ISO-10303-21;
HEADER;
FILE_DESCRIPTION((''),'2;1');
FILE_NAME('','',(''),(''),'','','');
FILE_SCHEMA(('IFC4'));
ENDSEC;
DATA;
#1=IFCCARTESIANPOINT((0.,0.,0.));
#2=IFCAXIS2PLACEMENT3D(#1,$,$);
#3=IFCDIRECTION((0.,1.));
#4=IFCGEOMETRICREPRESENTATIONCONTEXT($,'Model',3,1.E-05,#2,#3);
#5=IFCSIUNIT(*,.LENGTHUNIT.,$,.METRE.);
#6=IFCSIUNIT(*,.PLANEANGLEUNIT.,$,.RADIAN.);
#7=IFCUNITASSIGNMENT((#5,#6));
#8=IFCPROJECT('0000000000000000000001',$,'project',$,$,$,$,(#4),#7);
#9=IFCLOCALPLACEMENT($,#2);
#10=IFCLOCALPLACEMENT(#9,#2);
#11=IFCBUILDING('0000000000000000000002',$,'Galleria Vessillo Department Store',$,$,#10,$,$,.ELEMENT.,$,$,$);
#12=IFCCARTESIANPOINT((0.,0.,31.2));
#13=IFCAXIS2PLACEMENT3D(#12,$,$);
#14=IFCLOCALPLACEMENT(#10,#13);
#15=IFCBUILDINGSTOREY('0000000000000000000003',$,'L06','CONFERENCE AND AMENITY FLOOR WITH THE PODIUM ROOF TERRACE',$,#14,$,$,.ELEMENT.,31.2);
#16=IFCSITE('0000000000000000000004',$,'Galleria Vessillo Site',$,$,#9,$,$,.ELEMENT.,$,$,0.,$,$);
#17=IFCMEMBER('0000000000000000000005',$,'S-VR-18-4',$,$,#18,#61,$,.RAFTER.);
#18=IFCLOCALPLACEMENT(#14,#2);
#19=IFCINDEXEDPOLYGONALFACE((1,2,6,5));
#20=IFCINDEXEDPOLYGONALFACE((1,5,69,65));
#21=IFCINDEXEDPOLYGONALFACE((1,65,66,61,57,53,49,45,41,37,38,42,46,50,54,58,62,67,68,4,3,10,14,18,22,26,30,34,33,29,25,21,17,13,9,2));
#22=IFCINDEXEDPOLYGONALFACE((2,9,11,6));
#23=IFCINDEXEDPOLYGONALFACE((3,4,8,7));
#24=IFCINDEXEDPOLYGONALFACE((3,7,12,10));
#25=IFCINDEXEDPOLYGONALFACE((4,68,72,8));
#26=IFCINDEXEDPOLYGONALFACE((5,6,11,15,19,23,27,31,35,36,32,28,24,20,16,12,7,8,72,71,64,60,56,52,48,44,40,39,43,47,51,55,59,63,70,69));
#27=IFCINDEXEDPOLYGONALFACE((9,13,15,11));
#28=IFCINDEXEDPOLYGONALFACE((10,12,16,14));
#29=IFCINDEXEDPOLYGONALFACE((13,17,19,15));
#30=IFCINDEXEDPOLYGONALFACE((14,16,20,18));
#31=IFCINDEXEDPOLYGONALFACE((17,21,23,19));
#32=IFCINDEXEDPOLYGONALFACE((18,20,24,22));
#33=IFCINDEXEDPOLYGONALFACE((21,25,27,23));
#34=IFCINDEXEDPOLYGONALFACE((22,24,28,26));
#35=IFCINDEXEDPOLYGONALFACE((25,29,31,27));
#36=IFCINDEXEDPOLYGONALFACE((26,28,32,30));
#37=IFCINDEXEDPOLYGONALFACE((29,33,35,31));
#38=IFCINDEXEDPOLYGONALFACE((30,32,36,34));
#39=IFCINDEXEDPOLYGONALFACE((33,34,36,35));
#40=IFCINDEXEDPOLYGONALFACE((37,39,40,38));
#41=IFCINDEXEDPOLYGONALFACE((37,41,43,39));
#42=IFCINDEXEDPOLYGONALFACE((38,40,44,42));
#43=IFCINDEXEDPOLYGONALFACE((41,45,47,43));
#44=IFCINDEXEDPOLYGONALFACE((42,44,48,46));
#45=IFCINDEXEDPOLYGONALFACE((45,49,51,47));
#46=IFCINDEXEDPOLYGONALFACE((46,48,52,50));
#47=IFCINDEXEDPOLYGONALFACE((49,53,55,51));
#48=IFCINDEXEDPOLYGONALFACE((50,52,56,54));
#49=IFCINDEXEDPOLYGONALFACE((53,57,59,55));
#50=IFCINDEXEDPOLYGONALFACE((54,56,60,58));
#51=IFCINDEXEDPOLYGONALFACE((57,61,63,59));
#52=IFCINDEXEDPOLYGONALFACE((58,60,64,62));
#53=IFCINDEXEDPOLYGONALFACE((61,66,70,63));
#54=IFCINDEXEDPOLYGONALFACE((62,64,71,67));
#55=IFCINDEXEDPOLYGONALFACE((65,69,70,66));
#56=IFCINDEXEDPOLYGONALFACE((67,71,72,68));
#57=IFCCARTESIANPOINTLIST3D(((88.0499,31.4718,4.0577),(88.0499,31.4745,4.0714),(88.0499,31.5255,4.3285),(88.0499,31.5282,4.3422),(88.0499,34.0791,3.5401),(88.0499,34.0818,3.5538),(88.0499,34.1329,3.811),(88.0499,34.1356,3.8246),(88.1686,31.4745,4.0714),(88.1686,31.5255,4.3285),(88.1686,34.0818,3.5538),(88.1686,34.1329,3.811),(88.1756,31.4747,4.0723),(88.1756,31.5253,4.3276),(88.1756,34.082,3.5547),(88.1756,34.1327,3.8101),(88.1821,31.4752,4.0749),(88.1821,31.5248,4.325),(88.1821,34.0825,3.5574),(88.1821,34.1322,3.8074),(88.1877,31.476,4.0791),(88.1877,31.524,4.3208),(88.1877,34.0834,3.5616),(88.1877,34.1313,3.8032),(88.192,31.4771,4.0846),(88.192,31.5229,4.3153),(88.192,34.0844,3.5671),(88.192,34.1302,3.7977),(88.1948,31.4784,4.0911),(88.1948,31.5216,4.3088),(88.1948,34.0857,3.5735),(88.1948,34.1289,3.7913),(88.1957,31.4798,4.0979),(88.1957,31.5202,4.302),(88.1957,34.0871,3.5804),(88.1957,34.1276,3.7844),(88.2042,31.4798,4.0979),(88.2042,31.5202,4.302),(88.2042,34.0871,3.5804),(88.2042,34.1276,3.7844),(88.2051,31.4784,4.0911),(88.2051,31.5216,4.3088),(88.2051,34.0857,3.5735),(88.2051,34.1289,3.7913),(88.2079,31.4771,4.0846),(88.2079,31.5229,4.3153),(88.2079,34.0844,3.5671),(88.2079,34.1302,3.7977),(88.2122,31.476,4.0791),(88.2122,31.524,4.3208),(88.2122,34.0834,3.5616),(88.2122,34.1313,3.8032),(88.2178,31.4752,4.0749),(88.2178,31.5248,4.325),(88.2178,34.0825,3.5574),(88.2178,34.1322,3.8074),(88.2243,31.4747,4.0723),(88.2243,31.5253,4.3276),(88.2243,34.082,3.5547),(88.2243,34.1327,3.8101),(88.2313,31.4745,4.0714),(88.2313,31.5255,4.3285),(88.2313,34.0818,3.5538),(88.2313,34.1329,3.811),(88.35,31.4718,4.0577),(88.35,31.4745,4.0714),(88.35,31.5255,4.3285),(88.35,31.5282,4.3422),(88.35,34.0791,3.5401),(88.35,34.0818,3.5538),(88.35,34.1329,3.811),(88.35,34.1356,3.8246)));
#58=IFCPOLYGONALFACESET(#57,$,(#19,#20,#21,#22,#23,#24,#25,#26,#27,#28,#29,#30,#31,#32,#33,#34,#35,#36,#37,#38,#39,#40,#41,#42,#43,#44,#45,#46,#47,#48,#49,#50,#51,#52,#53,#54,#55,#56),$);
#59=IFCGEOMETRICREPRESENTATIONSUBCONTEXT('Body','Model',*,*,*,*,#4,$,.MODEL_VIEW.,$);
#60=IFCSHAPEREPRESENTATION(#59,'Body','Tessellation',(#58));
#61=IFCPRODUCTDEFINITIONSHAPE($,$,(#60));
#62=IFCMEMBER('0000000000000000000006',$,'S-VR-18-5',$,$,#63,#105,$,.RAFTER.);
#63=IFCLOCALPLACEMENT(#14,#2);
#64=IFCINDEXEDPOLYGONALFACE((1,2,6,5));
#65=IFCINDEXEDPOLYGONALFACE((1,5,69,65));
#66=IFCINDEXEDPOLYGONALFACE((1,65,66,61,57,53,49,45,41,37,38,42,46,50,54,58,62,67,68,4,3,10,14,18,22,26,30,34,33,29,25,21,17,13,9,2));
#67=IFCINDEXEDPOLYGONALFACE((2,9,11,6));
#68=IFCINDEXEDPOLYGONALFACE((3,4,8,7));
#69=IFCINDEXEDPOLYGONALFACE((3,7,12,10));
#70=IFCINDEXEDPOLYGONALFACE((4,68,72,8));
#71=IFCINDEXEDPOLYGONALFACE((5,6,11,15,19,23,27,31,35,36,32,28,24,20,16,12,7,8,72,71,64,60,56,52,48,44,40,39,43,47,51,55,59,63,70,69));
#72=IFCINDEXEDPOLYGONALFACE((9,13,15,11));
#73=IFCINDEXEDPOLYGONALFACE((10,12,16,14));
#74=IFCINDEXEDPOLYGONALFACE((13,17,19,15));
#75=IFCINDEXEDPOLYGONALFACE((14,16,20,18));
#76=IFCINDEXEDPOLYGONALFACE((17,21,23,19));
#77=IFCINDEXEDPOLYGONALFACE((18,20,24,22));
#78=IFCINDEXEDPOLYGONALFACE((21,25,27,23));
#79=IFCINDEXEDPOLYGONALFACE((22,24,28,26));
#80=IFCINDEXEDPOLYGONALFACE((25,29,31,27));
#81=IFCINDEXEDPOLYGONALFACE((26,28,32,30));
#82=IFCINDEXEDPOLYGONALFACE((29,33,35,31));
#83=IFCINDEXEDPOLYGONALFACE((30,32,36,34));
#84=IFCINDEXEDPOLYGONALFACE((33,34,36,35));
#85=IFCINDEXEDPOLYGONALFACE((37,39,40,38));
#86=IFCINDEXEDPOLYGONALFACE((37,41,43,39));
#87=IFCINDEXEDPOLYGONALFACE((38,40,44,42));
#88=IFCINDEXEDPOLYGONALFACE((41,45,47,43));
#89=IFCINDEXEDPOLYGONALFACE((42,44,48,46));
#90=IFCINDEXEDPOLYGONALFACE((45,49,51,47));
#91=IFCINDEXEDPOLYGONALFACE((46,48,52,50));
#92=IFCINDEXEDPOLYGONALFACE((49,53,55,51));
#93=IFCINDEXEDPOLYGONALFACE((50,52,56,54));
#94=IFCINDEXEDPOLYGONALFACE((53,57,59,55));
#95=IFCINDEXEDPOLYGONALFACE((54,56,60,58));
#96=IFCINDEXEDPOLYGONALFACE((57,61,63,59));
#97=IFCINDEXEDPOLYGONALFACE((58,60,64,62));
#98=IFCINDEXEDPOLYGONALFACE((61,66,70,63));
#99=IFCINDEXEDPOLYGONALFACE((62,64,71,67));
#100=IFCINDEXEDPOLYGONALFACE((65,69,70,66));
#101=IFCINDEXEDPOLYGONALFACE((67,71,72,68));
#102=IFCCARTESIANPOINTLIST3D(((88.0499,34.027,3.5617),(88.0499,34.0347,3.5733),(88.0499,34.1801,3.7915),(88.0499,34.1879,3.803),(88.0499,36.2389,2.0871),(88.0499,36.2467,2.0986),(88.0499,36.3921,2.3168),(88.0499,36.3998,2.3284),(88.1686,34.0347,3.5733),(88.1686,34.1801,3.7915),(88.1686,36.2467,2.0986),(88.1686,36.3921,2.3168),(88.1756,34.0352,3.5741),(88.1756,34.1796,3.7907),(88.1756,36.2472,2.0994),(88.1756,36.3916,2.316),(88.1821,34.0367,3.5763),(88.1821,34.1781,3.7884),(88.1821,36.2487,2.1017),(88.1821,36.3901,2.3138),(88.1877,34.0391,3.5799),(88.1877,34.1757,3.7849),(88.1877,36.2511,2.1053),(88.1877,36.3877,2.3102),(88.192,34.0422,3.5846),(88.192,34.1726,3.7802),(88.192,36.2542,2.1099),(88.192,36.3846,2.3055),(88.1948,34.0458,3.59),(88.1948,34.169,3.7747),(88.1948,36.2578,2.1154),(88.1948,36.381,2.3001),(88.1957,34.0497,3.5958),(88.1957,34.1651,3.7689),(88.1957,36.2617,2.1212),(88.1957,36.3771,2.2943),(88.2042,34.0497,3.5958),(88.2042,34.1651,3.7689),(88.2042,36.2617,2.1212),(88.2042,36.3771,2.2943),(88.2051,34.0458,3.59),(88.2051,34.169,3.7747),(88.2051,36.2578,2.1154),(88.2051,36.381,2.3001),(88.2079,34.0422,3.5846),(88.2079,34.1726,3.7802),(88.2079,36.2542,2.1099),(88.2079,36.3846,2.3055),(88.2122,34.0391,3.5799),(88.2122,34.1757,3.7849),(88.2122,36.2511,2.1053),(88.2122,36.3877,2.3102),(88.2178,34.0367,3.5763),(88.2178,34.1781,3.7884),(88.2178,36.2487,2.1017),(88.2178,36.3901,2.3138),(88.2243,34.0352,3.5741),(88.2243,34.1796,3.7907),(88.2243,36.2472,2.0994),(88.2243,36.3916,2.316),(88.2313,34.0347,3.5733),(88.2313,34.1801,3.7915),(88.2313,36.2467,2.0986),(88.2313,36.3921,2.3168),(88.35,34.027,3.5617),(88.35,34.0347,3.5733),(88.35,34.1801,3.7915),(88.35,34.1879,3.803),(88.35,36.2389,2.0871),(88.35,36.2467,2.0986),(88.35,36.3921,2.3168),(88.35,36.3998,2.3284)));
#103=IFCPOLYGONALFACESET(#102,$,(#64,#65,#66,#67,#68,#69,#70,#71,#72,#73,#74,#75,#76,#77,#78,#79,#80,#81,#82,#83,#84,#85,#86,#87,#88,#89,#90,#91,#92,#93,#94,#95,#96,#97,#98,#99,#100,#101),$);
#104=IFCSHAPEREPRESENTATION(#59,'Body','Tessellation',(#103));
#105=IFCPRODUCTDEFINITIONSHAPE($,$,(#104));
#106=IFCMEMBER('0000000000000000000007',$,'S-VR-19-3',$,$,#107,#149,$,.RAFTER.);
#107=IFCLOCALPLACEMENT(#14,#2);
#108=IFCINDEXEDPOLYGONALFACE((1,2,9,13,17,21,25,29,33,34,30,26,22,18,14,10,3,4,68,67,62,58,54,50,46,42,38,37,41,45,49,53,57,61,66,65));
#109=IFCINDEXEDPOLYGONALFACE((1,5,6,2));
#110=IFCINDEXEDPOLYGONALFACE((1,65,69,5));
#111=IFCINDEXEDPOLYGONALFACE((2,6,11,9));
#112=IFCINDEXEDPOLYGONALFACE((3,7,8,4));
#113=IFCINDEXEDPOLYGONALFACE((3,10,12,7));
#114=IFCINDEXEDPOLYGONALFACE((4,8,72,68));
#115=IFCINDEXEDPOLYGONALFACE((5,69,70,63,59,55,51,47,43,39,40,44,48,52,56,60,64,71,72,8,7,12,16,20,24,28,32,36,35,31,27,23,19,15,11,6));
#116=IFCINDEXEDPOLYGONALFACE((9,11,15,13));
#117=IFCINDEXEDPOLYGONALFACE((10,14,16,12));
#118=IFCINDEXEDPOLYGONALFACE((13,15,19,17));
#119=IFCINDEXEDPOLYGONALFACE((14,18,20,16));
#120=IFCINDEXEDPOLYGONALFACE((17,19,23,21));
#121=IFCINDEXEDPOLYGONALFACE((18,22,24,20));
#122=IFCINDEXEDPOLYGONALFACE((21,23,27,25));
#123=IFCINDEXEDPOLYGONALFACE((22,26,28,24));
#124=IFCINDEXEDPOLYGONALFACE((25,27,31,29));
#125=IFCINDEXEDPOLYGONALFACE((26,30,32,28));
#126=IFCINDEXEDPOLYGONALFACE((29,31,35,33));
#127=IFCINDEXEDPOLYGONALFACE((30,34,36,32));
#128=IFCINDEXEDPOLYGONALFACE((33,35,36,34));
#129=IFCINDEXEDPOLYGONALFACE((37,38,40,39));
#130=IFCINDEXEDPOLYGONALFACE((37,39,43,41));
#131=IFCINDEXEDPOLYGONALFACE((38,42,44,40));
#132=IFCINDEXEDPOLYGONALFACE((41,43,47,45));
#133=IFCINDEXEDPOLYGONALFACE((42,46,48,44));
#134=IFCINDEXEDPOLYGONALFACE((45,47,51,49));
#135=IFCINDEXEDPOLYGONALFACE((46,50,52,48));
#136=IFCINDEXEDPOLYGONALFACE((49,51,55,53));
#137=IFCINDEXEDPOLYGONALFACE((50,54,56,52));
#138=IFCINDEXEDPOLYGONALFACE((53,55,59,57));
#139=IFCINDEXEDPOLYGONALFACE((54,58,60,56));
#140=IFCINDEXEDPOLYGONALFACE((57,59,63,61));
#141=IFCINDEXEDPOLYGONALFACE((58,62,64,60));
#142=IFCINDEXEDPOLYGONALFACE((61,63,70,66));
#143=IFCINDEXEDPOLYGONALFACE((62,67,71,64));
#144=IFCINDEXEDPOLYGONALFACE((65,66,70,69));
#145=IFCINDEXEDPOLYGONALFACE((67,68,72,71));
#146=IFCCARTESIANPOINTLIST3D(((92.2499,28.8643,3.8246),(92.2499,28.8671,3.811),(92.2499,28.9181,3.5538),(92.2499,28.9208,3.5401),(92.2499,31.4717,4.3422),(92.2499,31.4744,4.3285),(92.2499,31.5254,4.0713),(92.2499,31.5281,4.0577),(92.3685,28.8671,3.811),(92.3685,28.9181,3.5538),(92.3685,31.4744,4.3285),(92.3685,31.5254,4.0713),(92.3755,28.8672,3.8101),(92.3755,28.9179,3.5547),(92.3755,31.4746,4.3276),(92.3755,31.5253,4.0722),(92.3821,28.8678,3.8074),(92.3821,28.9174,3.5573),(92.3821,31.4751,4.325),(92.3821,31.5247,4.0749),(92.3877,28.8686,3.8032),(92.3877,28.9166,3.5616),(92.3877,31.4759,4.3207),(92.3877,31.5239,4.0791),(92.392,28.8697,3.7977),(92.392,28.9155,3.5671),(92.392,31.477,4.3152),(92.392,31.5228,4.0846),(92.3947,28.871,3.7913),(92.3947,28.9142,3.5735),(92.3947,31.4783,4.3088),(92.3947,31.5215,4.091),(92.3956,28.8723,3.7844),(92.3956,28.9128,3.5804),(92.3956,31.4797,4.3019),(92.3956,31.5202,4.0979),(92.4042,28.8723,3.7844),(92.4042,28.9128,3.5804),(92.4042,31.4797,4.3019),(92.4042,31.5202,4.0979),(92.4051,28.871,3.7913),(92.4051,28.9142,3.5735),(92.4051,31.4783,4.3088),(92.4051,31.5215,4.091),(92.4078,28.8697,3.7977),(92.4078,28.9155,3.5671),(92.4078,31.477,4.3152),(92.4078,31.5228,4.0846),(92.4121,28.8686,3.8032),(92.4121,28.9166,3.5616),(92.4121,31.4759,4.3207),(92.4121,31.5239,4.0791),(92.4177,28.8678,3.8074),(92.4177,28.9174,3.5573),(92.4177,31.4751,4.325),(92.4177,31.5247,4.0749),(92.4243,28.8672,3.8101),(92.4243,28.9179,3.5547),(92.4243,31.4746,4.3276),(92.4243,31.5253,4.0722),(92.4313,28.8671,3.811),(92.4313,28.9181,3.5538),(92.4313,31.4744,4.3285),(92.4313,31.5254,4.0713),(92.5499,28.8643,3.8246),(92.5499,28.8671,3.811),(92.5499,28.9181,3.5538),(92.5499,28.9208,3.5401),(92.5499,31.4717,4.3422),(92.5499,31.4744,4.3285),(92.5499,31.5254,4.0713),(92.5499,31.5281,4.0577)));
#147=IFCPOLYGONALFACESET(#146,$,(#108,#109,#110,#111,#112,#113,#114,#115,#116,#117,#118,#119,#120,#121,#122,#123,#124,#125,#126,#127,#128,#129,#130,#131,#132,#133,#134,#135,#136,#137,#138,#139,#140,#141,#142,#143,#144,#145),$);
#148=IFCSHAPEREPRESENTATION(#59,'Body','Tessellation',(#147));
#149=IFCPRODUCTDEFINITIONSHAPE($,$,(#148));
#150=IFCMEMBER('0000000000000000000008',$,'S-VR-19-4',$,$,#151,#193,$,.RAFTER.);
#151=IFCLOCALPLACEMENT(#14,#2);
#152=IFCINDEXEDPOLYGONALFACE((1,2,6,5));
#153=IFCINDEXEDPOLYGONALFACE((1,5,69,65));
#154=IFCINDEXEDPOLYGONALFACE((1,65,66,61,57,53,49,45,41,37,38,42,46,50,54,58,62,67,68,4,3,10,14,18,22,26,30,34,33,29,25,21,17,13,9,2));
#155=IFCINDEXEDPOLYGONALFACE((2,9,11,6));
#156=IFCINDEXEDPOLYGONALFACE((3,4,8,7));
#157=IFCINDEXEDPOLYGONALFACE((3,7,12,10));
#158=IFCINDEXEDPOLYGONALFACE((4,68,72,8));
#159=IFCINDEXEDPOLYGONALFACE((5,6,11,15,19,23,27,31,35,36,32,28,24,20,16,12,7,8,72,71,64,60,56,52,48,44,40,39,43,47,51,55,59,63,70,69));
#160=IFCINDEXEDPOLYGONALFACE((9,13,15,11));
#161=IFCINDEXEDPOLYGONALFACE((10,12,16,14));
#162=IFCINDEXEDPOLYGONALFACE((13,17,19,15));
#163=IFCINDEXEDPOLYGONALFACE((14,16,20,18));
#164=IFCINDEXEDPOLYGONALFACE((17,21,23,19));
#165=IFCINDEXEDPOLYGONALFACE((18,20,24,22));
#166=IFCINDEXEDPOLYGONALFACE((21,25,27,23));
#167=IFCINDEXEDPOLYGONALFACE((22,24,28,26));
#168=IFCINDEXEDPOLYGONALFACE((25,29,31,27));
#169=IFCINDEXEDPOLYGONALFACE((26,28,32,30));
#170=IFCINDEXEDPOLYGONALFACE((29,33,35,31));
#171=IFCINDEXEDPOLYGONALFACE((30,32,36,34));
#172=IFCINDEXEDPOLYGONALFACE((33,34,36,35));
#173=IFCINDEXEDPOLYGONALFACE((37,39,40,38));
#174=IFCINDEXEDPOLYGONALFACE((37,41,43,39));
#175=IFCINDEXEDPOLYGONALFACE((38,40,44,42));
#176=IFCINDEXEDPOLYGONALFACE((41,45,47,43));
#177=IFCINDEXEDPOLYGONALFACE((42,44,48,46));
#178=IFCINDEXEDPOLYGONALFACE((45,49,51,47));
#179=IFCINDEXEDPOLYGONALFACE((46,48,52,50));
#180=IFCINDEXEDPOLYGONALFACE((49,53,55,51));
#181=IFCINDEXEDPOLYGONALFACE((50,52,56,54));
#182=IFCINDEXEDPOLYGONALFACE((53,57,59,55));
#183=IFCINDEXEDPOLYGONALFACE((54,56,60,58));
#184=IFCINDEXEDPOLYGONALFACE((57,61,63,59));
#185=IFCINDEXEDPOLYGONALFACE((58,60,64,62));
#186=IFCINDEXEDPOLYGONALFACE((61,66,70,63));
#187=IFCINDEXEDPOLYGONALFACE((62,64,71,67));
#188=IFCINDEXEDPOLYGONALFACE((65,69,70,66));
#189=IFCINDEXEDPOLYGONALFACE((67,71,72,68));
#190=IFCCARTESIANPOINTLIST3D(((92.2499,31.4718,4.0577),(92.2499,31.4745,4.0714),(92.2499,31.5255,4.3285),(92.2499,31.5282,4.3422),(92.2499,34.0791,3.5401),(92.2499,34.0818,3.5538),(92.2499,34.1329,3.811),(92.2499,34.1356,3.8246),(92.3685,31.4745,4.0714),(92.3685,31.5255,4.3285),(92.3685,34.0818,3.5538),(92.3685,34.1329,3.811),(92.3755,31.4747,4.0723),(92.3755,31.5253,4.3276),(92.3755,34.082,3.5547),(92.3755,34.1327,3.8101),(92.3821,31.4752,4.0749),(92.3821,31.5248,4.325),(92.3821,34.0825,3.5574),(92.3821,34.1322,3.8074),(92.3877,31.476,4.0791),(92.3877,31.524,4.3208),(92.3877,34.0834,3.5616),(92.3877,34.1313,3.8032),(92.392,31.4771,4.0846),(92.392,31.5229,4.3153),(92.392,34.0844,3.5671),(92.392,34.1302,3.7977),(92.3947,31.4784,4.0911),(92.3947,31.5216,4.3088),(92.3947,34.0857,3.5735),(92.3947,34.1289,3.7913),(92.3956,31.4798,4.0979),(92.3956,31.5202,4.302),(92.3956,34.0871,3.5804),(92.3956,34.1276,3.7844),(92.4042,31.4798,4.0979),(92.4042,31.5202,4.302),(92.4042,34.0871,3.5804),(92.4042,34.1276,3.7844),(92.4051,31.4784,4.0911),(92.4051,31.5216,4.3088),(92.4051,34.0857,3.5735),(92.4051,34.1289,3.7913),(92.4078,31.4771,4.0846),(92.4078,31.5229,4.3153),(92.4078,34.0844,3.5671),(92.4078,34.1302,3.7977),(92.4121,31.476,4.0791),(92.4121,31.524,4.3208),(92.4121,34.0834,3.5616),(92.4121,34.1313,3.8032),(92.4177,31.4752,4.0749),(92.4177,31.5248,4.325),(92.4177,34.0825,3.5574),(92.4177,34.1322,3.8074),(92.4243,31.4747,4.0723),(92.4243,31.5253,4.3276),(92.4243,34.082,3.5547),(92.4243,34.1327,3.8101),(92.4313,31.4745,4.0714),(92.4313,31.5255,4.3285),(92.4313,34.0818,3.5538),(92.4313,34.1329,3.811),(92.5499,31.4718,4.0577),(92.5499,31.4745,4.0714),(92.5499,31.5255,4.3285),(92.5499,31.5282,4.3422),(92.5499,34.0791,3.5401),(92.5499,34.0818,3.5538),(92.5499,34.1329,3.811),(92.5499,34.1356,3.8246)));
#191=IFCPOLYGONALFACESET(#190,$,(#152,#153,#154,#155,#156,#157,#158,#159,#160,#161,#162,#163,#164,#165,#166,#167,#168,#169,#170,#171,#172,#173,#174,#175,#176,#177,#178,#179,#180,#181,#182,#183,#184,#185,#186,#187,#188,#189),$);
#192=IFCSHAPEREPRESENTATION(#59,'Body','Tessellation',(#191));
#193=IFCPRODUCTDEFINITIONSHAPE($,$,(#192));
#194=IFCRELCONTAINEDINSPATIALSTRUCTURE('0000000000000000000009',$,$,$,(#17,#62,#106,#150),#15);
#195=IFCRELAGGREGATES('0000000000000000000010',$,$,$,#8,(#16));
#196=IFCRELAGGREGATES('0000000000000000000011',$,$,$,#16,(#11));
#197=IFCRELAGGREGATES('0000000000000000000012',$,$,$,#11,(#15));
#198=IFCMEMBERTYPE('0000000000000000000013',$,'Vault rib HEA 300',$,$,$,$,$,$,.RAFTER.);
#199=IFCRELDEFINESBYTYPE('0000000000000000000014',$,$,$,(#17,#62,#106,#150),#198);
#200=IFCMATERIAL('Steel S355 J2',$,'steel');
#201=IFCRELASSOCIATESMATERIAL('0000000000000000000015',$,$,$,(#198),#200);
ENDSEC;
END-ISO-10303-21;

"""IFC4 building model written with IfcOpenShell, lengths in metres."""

from ifc_helpers import new_model, si_unit, direction, frame, origin, origin_2d, place, context, subcontext, project, spatial, i_section, extrude, material, material_profile, profile_set, type_object, element, save


model = new_model("IFC4")

# Units and contexts
model_context = context("Model", 3, precision=1e-05, world=origin(), true_north=direction((0.0, 1.0)))
body_context = subcontext(model_context, "Body", "Model", "MODEL_VIEW")
ifc_project = project(units=[si_unit("LENGTHUNIT", "METRE"), si_unit("PLANEANGLEUNIT", "RADIAN")], contexts=[model_context])

# Site, building, storey
site_placement = place(None, origin())
site = spatial("IfcSite", under=ifc_project, at=site_placement, Name="Galleria Vessillo Site", CompositionType="ELEMENT", RefElevation=0.0)
building_placement = place(site_placement, origin())
building = spatial("IfcBuilding", under=site, at=building_placement, Name="Galleria Vessillo Department Store", CompositionType="ELEMENT")
storey_placement = place(building_placement, frame((0.0, 0.0, 31.2)))
storey = spatial("IfcBuildingStorey", under=building, at=storey_placement, Name="L06", Description="CONFERENCE AND AMENITY FLOOR WITH THE PODIUM ROOF TERRACE", CompositionType="ELEMENT", Elevation=31.2)

# Members
ifc_material_1 = material(Name="Steel S355 J2", Category="steel")
ifc_material_profile_1 = material_profile(ifc_material_1, i_section(OverallWidth=0.3, OverallDepth=0.29, WebThickness=0.0085, FlangeThickness=0.0139, FilletRadius=0.0271, at=origin_2d()), Name="HEA 300")
ifc_profile_set_1 = profile_set([ifc_material_profile_1], Name="Steel S355 J2")
member_type_1 = type_object("IfcMemberType", Name="Vault rib HEA 300", PredefinedType="RAFTER", material=ifc_profile_set_1)
for number, where, z_axis, x_axis, name in (
    (1, (88.2, 31.5, 4.2), (0.0, 0.980862, -0.194703), (-1.0, 0.0, 0.0), "S-VR-18-4"),
):
    element("IfcMember", number, at=place(storey_placement, frame(where, z_axis=z_axis, x_axis=x_axis)), inside=storey, type_object=member_type_1, Name=name, PredefinedType="RAFTER", context=body_context, shape_type="SweptSolid", body=[
        extrude(i_section(OverallWidth=0.3, OverallDepth=0.29, WebThickness=0.0085, FlangeThickness=0.0139, FilletRadius=0.0271, at=origin_2d()), origin(), (0.0, 0.0, 1.0), 2.6582),
    ])
member_1_placement = place(storey_placement, frame((88.2, 34.1074, 3.6824), z_axis=(0.0, 0.83205, -0.5547), x_axis=(-1.0, 0.0, 0.0)))
element("IfcMember", 2, at=member_1_placement, inside=storey, type_object=member_type_1, Name="S-VR-18-5", PredefinedType="RAFTER", context=body_context, shape_type="SweptSolid", body=[
    extrude(i_section(OverallWidth=0.3, OverallDepth=0.29, WebThickness=0.0085, FlangeThickness=0.0139, FilletRadius=0.0271, at=origin_2d()), origin(), (0.0, 0.0, 1.0), 2.6584),
])
for number, where, z_axis, x_axis, name in (
    (3, (92.3999, 28.8926, 3.6824), (0.0, 0.980862, 0.194703), (-1.0, 0.0, 0.0), "S-VR-19-3"),
    (4, (92.3999, 31.5, 4.2), (0.0, 0.980862, -0.194703), (-1.0, 0.0, 0.0), "S-VR-19-4"),
):
    element("IfcMember", number, at=place(storey_placement, frame(where, z_axis=z_axis, x_axis=x_axis)), inside=storey, type_object=member_type_1, Name=name, PredefinedType="RAFTER", context=body_context, shape_type="SweptSolid", body=[
        extrude(i_section(OverallWidth=0.3, OverallDepth=0.29, WebThickness=0.0085, FlangeThickness=0.0139, FilletRadius=0.0271, at=origin_2d()), origin(), (0.0, 0.0, 1.0), 2.6582),
    ])

save(model, "model.ifc")
